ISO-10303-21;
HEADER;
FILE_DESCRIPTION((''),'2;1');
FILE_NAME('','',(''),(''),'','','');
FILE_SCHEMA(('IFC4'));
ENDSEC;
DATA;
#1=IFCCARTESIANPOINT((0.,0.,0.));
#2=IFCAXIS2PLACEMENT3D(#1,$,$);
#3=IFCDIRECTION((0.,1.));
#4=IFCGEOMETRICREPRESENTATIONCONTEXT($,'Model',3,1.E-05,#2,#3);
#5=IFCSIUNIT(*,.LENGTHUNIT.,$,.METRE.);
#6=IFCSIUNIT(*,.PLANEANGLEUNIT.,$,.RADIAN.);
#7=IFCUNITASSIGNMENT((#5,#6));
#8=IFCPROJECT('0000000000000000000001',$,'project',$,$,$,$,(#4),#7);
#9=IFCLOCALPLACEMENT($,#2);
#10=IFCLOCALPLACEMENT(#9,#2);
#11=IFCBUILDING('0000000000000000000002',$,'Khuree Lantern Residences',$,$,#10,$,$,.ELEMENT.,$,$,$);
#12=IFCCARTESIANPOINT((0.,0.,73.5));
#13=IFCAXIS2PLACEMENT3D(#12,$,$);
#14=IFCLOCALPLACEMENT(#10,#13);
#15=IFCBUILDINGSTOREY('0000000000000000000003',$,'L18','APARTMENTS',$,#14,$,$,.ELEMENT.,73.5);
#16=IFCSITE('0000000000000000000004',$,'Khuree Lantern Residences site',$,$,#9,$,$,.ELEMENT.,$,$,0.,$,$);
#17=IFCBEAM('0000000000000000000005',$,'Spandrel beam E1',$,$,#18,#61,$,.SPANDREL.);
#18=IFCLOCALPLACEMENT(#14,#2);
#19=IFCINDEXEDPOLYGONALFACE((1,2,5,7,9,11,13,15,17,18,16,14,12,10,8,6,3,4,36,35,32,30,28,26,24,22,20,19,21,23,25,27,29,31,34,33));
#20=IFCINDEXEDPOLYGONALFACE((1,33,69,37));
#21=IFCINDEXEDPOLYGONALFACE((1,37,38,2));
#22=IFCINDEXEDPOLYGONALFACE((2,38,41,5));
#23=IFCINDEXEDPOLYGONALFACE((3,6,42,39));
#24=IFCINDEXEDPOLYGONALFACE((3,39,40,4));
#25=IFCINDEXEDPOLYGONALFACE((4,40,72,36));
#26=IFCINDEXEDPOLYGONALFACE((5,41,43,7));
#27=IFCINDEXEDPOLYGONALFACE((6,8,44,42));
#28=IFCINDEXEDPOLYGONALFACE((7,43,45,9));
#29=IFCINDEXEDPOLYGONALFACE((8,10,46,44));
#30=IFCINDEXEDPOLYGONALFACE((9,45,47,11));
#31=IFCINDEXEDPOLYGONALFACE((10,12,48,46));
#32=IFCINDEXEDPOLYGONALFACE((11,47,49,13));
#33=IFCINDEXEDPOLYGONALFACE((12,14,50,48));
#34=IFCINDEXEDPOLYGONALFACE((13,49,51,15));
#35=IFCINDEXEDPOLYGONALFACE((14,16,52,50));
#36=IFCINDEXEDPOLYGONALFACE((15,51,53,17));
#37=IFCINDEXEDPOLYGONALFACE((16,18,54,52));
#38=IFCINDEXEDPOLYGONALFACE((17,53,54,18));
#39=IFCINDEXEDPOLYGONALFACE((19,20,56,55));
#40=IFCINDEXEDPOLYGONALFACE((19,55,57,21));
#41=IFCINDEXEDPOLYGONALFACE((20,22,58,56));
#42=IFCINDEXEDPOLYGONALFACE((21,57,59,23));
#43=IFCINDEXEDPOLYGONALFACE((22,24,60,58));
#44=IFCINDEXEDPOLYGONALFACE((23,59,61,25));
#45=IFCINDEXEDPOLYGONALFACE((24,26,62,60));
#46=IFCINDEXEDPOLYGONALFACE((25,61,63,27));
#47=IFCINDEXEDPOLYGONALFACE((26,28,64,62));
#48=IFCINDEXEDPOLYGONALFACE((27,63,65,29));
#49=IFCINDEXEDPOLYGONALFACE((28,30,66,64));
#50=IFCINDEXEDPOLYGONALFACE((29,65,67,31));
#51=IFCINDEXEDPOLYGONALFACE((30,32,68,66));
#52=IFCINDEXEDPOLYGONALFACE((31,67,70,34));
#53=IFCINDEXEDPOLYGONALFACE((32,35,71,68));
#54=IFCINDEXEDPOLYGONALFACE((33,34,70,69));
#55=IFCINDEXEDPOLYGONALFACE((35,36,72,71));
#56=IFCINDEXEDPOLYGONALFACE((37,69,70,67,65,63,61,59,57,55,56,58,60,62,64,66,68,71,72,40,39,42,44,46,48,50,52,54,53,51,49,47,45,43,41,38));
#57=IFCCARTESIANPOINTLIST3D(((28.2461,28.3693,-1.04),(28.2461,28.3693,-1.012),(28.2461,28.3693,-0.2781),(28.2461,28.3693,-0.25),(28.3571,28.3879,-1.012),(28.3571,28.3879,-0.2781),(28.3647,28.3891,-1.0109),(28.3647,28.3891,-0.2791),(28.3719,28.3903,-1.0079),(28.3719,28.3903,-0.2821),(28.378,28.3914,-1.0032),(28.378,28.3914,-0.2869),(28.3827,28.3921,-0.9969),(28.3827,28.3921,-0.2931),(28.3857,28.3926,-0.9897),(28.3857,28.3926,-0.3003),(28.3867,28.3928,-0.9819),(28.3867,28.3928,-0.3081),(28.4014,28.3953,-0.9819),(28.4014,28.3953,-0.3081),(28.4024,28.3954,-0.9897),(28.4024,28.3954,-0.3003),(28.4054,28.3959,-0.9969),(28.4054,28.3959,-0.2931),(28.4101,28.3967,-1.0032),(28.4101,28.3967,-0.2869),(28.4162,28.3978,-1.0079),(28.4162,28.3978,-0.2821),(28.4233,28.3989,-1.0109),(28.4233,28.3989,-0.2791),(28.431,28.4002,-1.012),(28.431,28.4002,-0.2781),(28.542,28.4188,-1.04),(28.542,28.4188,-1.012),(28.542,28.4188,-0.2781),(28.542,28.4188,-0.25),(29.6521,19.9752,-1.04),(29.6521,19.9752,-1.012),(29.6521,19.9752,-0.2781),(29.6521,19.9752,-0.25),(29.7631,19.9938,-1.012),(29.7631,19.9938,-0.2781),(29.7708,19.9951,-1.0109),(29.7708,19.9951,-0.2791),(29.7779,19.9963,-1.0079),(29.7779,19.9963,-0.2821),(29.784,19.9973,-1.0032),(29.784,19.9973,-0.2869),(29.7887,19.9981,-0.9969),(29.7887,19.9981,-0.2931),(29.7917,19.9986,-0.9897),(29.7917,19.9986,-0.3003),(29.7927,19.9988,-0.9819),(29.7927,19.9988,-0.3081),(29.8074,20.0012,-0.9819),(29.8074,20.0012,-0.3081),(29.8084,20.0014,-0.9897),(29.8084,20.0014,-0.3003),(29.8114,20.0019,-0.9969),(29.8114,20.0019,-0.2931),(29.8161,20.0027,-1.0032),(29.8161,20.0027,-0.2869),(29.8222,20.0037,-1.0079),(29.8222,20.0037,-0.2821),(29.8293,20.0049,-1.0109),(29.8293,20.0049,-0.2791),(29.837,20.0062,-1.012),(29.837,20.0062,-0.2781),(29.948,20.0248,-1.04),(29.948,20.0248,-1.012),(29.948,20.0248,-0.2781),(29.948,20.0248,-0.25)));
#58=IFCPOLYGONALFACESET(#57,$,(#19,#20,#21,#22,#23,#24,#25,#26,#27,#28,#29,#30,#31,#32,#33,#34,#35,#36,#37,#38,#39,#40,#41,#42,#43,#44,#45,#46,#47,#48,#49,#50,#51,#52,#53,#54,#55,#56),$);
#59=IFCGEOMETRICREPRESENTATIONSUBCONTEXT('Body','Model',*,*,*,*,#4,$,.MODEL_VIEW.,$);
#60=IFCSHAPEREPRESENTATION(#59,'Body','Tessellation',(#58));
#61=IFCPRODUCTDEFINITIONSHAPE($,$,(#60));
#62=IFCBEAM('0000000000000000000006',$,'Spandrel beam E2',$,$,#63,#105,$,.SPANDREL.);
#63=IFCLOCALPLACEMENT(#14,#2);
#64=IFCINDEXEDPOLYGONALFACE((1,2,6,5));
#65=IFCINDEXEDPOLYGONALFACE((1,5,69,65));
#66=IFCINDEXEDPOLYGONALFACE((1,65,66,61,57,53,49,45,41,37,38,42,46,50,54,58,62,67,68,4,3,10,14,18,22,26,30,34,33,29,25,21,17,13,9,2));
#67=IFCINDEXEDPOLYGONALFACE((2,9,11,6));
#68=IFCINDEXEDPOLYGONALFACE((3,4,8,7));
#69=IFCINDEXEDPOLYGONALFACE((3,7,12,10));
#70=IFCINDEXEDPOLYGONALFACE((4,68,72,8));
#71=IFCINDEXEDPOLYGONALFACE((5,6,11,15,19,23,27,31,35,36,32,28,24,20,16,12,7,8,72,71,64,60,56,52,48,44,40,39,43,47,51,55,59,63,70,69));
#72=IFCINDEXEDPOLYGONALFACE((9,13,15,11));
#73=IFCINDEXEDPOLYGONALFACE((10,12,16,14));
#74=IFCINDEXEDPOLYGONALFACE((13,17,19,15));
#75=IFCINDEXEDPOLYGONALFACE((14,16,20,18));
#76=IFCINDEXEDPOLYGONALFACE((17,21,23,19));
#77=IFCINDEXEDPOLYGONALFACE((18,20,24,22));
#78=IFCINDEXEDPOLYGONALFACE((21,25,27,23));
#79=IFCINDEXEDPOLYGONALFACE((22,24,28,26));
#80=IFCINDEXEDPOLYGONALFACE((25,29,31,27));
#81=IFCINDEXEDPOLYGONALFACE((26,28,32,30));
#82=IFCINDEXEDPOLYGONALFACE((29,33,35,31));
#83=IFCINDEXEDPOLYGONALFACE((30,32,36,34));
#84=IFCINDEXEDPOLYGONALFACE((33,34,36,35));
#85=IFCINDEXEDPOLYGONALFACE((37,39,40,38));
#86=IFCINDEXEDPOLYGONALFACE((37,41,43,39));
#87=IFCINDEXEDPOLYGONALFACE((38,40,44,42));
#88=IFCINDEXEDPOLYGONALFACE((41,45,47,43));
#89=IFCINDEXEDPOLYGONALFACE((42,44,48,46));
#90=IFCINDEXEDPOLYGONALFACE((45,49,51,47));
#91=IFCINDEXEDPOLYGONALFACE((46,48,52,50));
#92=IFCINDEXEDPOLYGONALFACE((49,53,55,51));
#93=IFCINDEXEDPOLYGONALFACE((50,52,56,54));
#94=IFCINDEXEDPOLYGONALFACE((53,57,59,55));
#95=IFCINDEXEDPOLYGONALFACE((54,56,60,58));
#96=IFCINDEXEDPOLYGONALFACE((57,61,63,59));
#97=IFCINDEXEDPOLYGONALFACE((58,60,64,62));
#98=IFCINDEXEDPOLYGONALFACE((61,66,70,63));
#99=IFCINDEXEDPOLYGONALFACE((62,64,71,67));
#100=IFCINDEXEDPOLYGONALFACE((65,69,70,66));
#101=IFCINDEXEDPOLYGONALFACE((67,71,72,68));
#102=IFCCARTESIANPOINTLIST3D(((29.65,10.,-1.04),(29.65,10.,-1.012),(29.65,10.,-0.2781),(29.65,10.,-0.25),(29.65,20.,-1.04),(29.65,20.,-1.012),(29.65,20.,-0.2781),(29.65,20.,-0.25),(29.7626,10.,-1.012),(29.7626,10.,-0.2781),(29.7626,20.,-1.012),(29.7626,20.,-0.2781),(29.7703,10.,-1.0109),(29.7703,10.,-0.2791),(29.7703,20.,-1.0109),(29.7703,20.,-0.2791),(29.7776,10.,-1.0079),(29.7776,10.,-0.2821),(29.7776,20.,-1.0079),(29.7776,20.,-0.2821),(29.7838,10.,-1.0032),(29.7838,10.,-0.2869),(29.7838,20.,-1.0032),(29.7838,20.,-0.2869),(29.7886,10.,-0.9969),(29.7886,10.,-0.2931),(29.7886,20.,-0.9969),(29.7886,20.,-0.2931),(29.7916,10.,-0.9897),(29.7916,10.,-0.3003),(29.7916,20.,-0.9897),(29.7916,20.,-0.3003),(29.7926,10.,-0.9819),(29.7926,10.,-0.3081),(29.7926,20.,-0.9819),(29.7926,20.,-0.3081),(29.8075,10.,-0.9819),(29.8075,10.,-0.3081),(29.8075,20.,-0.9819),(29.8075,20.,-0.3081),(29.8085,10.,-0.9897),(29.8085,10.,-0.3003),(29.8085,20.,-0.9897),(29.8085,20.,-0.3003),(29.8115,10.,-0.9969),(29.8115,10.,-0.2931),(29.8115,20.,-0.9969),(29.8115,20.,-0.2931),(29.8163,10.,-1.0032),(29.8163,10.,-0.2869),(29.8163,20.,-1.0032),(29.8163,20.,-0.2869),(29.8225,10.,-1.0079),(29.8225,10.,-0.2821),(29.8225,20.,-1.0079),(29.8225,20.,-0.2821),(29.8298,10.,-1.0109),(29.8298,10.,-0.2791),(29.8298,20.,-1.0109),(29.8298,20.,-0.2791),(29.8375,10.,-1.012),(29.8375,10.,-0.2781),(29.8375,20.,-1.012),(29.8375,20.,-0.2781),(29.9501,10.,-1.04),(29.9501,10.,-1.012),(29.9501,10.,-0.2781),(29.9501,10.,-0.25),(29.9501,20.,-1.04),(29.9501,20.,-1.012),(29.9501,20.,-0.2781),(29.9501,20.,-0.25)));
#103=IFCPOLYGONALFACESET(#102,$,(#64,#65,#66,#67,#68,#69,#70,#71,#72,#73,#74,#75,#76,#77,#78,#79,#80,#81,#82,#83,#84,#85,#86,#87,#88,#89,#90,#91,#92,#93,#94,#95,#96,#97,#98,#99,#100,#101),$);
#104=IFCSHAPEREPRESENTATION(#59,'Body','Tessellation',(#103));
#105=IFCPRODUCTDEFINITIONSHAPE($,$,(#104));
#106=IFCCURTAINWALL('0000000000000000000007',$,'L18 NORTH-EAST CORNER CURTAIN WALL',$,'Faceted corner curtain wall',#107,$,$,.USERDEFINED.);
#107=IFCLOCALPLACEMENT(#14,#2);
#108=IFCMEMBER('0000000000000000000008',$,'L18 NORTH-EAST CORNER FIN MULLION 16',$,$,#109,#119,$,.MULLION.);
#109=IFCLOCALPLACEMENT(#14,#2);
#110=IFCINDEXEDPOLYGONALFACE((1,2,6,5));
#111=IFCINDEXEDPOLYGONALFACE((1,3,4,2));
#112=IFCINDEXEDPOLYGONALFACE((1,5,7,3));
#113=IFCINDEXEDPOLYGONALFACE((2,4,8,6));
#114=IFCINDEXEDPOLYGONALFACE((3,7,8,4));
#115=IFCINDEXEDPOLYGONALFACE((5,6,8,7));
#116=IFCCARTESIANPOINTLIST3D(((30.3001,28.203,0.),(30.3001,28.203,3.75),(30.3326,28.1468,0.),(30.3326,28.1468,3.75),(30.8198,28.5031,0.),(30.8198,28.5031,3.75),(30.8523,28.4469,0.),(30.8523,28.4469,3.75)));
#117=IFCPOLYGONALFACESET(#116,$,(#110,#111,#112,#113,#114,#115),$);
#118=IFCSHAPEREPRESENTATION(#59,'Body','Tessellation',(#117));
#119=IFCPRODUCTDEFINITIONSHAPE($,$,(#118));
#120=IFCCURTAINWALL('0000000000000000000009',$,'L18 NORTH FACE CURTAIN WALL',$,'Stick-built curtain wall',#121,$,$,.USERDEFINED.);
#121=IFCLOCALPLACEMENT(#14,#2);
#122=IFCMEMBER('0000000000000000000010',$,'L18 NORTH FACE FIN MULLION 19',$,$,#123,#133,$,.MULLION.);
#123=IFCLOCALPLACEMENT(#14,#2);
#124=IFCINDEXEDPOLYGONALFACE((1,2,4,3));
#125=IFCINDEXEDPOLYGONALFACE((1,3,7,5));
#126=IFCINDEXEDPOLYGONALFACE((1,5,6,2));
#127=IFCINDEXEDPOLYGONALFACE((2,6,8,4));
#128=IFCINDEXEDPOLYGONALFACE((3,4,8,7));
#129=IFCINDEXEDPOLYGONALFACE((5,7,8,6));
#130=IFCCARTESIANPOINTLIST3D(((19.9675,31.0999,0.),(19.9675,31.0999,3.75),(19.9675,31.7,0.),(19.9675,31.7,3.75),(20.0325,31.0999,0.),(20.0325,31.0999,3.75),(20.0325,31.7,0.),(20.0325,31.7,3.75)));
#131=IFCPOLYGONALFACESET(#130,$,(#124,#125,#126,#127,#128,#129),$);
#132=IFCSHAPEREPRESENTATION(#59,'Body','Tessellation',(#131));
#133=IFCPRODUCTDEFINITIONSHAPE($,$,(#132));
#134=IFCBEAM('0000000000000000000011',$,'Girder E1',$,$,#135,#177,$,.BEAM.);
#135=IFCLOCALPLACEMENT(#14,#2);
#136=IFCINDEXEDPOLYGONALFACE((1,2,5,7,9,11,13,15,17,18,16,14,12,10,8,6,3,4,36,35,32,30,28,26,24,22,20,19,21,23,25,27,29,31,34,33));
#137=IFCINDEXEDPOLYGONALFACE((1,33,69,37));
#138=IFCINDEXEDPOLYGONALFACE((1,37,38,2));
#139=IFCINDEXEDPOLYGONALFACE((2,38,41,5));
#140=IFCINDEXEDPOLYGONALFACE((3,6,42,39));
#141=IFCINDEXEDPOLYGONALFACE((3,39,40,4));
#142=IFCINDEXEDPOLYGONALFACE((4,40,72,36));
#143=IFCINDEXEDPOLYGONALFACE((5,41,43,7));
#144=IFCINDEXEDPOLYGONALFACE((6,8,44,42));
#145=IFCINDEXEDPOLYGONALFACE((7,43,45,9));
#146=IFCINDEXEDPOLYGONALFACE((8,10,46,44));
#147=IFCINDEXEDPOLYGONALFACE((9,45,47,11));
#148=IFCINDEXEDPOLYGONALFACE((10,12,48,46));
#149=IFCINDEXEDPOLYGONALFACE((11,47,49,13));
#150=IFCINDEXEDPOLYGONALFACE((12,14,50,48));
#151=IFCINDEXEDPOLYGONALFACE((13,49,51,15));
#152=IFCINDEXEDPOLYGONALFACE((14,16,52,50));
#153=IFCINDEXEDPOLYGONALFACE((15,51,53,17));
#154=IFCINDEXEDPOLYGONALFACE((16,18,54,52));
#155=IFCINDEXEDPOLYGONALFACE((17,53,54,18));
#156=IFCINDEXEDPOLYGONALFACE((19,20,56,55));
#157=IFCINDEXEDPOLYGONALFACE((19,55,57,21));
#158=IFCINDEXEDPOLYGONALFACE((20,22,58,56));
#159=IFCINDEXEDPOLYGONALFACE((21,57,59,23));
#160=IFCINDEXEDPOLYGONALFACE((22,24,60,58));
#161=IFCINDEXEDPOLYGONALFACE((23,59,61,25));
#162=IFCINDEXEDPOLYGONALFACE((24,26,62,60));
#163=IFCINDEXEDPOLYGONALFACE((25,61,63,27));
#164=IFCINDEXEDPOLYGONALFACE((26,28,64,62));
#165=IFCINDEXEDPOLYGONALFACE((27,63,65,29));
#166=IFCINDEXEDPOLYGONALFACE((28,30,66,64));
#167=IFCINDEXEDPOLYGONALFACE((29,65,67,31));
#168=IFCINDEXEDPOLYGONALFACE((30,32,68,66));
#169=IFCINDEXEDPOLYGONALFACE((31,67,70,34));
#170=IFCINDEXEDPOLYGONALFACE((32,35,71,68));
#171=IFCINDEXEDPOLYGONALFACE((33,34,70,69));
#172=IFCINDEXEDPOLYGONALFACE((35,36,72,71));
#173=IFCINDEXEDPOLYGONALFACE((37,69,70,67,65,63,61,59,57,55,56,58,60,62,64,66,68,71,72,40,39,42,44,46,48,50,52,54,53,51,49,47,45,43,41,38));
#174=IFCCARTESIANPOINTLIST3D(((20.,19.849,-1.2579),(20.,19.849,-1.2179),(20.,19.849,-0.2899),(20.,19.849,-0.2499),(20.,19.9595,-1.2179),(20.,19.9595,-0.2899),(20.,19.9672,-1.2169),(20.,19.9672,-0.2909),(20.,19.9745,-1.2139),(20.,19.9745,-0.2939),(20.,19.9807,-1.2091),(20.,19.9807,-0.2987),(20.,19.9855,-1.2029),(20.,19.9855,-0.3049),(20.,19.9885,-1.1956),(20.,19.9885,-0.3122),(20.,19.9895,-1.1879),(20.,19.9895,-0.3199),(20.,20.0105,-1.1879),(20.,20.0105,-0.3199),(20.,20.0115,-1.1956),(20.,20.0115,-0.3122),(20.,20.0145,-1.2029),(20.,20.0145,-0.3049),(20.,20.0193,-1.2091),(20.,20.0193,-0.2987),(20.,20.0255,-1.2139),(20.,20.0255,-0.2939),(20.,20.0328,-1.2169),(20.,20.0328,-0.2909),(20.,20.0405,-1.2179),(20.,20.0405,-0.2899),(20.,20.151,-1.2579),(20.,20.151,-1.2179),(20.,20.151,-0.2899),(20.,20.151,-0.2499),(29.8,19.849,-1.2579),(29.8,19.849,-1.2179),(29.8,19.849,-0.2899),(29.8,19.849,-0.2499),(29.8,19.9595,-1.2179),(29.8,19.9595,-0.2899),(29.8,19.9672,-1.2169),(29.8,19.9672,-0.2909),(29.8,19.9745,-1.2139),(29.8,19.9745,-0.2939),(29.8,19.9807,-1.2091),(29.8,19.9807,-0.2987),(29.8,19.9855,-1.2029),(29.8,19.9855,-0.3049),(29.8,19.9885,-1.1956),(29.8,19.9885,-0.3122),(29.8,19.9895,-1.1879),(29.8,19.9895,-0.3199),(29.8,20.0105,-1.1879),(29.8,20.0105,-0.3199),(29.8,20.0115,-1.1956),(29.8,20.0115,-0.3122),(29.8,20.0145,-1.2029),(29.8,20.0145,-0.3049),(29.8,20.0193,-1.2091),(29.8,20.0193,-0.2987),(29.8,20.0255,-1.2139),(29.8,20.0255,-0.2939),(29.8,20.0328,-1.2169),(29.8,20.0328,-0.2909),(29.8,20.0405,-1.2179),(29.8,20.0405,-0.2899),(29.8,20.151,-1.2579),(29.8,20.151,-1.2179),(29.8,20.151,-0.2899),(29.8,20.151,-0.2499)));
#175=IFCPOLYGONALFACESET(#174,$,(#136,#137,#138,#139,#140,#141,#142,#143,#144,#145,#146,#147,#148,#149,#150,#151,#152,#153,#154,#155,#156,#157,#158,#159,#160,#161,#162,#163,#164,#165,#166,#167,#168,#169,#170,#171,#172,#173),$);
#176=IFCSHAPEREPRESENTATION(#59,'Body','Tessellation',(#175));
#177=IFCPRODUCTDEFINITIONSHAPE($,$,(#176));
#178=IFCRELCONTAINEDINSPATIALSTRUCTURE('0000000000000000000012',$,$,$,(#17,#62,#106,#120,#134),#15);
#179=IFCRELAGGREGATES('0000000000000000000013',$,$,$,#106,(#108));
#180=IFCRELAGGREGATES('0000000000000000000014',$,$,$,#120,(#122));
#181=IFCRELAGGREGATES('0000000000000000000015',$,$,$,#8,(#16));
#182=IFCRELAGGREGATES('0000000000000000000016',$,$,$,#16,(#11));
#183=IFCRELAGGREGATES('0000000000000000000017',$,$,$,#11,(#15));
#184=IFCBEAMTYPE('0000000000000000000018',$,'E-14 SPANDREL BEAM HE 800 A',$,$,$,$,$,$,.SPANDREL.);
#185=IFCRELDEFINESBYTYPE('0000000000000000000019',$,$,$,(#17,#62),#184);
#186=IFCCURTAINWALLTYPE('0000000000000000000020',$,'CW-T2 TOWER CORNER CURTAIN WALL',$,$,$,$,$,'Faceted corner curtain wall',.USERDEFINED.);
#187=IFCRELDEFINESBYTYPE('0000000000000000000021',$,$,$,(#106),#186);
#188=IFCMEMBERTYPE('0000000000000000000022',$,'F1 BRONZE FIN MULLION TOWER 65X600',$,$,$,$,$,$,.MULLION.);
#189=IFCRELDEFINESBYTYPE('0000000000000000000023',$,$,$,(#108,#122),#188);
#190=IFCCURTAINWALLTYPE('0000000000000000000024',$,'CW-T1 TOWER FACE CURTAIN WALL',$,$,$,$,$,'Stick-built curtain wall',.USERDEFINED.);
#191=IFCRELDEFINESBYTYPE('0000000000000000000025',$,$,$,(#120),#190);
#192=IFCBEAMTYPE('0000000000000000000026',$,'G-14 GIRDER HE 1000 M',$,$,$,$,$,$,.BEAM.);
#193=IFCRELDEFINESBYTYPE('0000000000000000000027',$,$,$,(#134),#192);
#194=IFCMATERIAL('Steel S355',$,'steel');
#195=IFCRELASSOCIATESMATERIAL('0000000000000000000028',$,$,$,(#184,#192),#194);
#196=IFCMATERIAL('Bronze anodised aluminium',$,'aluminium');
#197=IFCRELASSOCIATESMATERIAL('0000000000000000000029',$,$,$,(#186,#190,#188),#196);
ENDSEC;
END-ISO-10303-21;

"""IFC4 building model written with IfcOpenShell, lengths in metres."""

from ifc_helpers import new_model, si_unit, direction, frame, origin, origin_2d, place, context, subcontext, project, spatial, rectangle, i_section, extrude, material, material_profile, profile_set, type_object, element, aggregate, save


model = new_model("IFC4")

# Units and contexts
model_context = context("Model", 3, precision=1e-05, world=origin(), true_north=direction((0.0, 1.0)))
body_context = subcontext(model_context, "Body", "Model", "MODEL_VIEW")
ifc_project = project(units=[si_unit("LENGTHUNIT", "METRE"), si_unit("PLANEANGLEUNIT", "RADIAN")], contexts=[model_context])

# Site, building, storey
site_placement = place(None, origin())
site = spatial("IfcSite", under=ifc_project, at=site_placement, Name="Khuree Lantern Residences site", CompositionType="ELEMENT", RefElevation=0.0)
building_placement = place(site_placement, origin())
building = spatial("IfcBuilding", under=site, at=building_placement, Name="Khuree Lantern Residences", CompositionType="ELEMENT")
storey_placement = place(building_placement, frame((0.0, 0.0, 73.5)))
storey = spatial("IfcBuildingStorey", under=building, at=storey_placement, Name="L18", Description="APARTMENTS", CompositionType="ELEMENT", Elevation=73.5)

# Beams
ifc_material_1 = material(Name="Steel S355", Category="steel")
ifc_material_profile_1 = material_profile(ifc_material_1, i_section(OverallWidth=0.3, OverallDepth=0.79, WebThickness=0.0149, FlangeThickness=0.0281, FilletRadius=0.03, at=origin_2d()), Name="HE 800 A")
ifc_profile_set_1 = profile_set([ifc_material_profile_1], Name="Steel S355")
beam_type_1 = type_object("IfcBeamType", Name="E-14 SPANDREL BEAM HE 800 A", PredefinedType="SPANDREL", material=ifc_profile_set_1)
for number, where, z_axis, x_axis, name in (
    (1, (28.394, 28.394, -0.645), (0.165199, -0.98626, 0.0), (0.98626, 0.165199, 0.0), "Spandrel beam E1"),
):
    element("IfcBeam", number, at=place(storey_placement, frame(where, z_axis=z_axis, x_axis=x_axis)), inside=storey, type_object=beam_type_1, Name=name, PredefinedType="SPANDREL", context=body_context, shape_type="SweptSolid", body=[
        extrude(i_section(OverallWidth=0.3, OverallDepth=0.79, WebThickness=0.0149, FlangeThickness=0.0281, FilletRadius=0.03, at=origin_2d()), origin(), (0.0, 0.0, 1.0), 8.511),
    ])
beam_1_placement = place(storey_placement, frame((29.8, 20.0, -0.645), z_axis=(0.0, -1.0, 0.0), x_axis=(1.0, 0.0, 0.0)))
element("IfcBeam", 2, at=beam_1_placement, inside=storey, type_object=beam_type_1, Name="Spandrel beam E2", PredefinedType="SPANDREL", context=body_context, shape_type="SweptSolid", body=[
    extrude(i_section(OverallWidth=0.3, OverallDepth=0.79, WebThickness=0.0149, FlangeThickness=0.0281, FilletRadius=0.03, at=origin_2d()), origin(), (0.0, 0.0, 1.0), 10.0),
])

# Curtain walls, members
ifc_material_2 = material(Name="Bronze anodised aluminium", Category="aluminium")
curtain_wall_type_1 = type_object("IfcCurtainWallType", Name="CW-T2 TOWER CORNER CURTAIN WALL", ElementType="Faceted corner curtain wall", PredefinedType="USERDEFINED", material=ifc_material_2)
curtain_wall_1_placement = place(storey_placement, origin())
curtain_wall_1 = element("IfcCurtainWall", 3, at=curtain_wall_1_placement, inside=storey, type_object=curtain_wall_type_1, Name="L18 NORTH-EAST CORNER CURTAIN WALL", ObjectType="Faceted corner curtain wall", PredefinedType="USERDEFINED")
ifc_material_profile_2 = material_profile(ifc_material_2, rectangle(XDim=0.0649, YDim=0.6001, at=origin_2d()), Name="F1 65X600")
ifc_profile_set_2 = profile_set([ifc_material_profile_2], Name="Bronze anodised aluminium")
member_type_1 = type_object("IfcMemberType", Name="F1 BRONZE FIN MULLION TOWER 65X600", PredefinedType="MULLION", material=ifc_profile_set_2)
member_1_placement = place(storey_placement, frame((30.5762, 28.325, 0.0), z_axis=(0.0, 0.0, 1.0), x_axis=(-0.5, 0.866025, 0.0)))
member_1 = element("IfcMember", 4, at=member_1_placement, type_object=member_type_1, Name="L18 NORTH-EAST CORNER FIN MULLION 16", PredefinedType="MULLION", context=body_context, shape_type="SweptSolid", body=[
    extrude(rectangle(XDim=0.0649, YDim=0.6001, at=origin_2d()), origin(), (0.0, 0.0, 1.0), 3.75),
])
curtain_wall_type_2 = type_object("IfcCurtainWallType", Name="CW-T1 TOWER FACE CURTAIN WALL", ElementType="Stick-built curtain wall", PredefinedType="USERDEFINED", material=ifc_material_2)
curtain_wall_2_placement = place(storey_placement, origin())
curtain_wall_2 = element("IfcCurtainWall", 5, at=curtain_wall_2_placement, inside=storey, type_object=curtain_wall_type_2, Name="L18 NORTH FACE CURTAIN WALL", ObjectType="Stick-built curtain wall", PredefinedType="USERDEFINED")
member_2_placement = place(storey_placement, frame((20.0, 31.3999, 0.0), z_axis=(0.0, 0.0, 1.0), x_axis=(-1.0, 0.0, 0.0)))
member_2 = element("IfcMember", 6, at=member_2_placement, type_object=member_type_1, Name="L18 NORTH FACE FIN MULLION 19", PredefinedType="MULLION", context=body_context, shape_type="SweptSolid", body=[
    extrude(rectangle(XDim=0.0649, YDim=0.6001, at=origin_2d()), origin(), (0.0, 0.0, 1.0), 3.75),
])

# Beam
ifc_material_profile_3 = material_profile(ifc_material_1, i_section(OverallWidth=0.302, OverallDepth=1.0081, WebThickness=0.021, FlangeThickness=0.04, FilletRadius=0.03, at=origin_2d()), Name="HE 1000 M")
ifc_profile_set_3 = profile_set([ifc_material_profile_3], Name="Steel S355")
beam_type_2 = type_object("IfcBeamType", Name="G-14 GIRDER HE 1000 M", PredefinedType="BEAM", material=ifc_profile_set_3)
beam_2_placement = place(storey_placement, frame((29.8, 20.0, -0.7539), z_axis=(-1.0, 0.0, 0.0), x_axis=(0.0, -1.0, 0.0)))
element("IfcBeam", 7, at=beam_2_placement, inside=storey, type_object=beam_type_2, Name="Girder E1", PredefinedType="BEAM", context=body_context, shape_type="SweptSolid", body=[
    extrude(i_section(OverallWidth=0.302, OverallDepth=1.0081, WebThickness=0.021, FlangeThickness=0.04, FilletRadius=0.03, at=origin_2d()), origin(), (0.0, 0.0, 1.0), 9.8),
])

aggregate(curtain_wall_1, [member_1])
aggregate(curtain_wall_2, [member_2])

save(model, "model.ifc")
